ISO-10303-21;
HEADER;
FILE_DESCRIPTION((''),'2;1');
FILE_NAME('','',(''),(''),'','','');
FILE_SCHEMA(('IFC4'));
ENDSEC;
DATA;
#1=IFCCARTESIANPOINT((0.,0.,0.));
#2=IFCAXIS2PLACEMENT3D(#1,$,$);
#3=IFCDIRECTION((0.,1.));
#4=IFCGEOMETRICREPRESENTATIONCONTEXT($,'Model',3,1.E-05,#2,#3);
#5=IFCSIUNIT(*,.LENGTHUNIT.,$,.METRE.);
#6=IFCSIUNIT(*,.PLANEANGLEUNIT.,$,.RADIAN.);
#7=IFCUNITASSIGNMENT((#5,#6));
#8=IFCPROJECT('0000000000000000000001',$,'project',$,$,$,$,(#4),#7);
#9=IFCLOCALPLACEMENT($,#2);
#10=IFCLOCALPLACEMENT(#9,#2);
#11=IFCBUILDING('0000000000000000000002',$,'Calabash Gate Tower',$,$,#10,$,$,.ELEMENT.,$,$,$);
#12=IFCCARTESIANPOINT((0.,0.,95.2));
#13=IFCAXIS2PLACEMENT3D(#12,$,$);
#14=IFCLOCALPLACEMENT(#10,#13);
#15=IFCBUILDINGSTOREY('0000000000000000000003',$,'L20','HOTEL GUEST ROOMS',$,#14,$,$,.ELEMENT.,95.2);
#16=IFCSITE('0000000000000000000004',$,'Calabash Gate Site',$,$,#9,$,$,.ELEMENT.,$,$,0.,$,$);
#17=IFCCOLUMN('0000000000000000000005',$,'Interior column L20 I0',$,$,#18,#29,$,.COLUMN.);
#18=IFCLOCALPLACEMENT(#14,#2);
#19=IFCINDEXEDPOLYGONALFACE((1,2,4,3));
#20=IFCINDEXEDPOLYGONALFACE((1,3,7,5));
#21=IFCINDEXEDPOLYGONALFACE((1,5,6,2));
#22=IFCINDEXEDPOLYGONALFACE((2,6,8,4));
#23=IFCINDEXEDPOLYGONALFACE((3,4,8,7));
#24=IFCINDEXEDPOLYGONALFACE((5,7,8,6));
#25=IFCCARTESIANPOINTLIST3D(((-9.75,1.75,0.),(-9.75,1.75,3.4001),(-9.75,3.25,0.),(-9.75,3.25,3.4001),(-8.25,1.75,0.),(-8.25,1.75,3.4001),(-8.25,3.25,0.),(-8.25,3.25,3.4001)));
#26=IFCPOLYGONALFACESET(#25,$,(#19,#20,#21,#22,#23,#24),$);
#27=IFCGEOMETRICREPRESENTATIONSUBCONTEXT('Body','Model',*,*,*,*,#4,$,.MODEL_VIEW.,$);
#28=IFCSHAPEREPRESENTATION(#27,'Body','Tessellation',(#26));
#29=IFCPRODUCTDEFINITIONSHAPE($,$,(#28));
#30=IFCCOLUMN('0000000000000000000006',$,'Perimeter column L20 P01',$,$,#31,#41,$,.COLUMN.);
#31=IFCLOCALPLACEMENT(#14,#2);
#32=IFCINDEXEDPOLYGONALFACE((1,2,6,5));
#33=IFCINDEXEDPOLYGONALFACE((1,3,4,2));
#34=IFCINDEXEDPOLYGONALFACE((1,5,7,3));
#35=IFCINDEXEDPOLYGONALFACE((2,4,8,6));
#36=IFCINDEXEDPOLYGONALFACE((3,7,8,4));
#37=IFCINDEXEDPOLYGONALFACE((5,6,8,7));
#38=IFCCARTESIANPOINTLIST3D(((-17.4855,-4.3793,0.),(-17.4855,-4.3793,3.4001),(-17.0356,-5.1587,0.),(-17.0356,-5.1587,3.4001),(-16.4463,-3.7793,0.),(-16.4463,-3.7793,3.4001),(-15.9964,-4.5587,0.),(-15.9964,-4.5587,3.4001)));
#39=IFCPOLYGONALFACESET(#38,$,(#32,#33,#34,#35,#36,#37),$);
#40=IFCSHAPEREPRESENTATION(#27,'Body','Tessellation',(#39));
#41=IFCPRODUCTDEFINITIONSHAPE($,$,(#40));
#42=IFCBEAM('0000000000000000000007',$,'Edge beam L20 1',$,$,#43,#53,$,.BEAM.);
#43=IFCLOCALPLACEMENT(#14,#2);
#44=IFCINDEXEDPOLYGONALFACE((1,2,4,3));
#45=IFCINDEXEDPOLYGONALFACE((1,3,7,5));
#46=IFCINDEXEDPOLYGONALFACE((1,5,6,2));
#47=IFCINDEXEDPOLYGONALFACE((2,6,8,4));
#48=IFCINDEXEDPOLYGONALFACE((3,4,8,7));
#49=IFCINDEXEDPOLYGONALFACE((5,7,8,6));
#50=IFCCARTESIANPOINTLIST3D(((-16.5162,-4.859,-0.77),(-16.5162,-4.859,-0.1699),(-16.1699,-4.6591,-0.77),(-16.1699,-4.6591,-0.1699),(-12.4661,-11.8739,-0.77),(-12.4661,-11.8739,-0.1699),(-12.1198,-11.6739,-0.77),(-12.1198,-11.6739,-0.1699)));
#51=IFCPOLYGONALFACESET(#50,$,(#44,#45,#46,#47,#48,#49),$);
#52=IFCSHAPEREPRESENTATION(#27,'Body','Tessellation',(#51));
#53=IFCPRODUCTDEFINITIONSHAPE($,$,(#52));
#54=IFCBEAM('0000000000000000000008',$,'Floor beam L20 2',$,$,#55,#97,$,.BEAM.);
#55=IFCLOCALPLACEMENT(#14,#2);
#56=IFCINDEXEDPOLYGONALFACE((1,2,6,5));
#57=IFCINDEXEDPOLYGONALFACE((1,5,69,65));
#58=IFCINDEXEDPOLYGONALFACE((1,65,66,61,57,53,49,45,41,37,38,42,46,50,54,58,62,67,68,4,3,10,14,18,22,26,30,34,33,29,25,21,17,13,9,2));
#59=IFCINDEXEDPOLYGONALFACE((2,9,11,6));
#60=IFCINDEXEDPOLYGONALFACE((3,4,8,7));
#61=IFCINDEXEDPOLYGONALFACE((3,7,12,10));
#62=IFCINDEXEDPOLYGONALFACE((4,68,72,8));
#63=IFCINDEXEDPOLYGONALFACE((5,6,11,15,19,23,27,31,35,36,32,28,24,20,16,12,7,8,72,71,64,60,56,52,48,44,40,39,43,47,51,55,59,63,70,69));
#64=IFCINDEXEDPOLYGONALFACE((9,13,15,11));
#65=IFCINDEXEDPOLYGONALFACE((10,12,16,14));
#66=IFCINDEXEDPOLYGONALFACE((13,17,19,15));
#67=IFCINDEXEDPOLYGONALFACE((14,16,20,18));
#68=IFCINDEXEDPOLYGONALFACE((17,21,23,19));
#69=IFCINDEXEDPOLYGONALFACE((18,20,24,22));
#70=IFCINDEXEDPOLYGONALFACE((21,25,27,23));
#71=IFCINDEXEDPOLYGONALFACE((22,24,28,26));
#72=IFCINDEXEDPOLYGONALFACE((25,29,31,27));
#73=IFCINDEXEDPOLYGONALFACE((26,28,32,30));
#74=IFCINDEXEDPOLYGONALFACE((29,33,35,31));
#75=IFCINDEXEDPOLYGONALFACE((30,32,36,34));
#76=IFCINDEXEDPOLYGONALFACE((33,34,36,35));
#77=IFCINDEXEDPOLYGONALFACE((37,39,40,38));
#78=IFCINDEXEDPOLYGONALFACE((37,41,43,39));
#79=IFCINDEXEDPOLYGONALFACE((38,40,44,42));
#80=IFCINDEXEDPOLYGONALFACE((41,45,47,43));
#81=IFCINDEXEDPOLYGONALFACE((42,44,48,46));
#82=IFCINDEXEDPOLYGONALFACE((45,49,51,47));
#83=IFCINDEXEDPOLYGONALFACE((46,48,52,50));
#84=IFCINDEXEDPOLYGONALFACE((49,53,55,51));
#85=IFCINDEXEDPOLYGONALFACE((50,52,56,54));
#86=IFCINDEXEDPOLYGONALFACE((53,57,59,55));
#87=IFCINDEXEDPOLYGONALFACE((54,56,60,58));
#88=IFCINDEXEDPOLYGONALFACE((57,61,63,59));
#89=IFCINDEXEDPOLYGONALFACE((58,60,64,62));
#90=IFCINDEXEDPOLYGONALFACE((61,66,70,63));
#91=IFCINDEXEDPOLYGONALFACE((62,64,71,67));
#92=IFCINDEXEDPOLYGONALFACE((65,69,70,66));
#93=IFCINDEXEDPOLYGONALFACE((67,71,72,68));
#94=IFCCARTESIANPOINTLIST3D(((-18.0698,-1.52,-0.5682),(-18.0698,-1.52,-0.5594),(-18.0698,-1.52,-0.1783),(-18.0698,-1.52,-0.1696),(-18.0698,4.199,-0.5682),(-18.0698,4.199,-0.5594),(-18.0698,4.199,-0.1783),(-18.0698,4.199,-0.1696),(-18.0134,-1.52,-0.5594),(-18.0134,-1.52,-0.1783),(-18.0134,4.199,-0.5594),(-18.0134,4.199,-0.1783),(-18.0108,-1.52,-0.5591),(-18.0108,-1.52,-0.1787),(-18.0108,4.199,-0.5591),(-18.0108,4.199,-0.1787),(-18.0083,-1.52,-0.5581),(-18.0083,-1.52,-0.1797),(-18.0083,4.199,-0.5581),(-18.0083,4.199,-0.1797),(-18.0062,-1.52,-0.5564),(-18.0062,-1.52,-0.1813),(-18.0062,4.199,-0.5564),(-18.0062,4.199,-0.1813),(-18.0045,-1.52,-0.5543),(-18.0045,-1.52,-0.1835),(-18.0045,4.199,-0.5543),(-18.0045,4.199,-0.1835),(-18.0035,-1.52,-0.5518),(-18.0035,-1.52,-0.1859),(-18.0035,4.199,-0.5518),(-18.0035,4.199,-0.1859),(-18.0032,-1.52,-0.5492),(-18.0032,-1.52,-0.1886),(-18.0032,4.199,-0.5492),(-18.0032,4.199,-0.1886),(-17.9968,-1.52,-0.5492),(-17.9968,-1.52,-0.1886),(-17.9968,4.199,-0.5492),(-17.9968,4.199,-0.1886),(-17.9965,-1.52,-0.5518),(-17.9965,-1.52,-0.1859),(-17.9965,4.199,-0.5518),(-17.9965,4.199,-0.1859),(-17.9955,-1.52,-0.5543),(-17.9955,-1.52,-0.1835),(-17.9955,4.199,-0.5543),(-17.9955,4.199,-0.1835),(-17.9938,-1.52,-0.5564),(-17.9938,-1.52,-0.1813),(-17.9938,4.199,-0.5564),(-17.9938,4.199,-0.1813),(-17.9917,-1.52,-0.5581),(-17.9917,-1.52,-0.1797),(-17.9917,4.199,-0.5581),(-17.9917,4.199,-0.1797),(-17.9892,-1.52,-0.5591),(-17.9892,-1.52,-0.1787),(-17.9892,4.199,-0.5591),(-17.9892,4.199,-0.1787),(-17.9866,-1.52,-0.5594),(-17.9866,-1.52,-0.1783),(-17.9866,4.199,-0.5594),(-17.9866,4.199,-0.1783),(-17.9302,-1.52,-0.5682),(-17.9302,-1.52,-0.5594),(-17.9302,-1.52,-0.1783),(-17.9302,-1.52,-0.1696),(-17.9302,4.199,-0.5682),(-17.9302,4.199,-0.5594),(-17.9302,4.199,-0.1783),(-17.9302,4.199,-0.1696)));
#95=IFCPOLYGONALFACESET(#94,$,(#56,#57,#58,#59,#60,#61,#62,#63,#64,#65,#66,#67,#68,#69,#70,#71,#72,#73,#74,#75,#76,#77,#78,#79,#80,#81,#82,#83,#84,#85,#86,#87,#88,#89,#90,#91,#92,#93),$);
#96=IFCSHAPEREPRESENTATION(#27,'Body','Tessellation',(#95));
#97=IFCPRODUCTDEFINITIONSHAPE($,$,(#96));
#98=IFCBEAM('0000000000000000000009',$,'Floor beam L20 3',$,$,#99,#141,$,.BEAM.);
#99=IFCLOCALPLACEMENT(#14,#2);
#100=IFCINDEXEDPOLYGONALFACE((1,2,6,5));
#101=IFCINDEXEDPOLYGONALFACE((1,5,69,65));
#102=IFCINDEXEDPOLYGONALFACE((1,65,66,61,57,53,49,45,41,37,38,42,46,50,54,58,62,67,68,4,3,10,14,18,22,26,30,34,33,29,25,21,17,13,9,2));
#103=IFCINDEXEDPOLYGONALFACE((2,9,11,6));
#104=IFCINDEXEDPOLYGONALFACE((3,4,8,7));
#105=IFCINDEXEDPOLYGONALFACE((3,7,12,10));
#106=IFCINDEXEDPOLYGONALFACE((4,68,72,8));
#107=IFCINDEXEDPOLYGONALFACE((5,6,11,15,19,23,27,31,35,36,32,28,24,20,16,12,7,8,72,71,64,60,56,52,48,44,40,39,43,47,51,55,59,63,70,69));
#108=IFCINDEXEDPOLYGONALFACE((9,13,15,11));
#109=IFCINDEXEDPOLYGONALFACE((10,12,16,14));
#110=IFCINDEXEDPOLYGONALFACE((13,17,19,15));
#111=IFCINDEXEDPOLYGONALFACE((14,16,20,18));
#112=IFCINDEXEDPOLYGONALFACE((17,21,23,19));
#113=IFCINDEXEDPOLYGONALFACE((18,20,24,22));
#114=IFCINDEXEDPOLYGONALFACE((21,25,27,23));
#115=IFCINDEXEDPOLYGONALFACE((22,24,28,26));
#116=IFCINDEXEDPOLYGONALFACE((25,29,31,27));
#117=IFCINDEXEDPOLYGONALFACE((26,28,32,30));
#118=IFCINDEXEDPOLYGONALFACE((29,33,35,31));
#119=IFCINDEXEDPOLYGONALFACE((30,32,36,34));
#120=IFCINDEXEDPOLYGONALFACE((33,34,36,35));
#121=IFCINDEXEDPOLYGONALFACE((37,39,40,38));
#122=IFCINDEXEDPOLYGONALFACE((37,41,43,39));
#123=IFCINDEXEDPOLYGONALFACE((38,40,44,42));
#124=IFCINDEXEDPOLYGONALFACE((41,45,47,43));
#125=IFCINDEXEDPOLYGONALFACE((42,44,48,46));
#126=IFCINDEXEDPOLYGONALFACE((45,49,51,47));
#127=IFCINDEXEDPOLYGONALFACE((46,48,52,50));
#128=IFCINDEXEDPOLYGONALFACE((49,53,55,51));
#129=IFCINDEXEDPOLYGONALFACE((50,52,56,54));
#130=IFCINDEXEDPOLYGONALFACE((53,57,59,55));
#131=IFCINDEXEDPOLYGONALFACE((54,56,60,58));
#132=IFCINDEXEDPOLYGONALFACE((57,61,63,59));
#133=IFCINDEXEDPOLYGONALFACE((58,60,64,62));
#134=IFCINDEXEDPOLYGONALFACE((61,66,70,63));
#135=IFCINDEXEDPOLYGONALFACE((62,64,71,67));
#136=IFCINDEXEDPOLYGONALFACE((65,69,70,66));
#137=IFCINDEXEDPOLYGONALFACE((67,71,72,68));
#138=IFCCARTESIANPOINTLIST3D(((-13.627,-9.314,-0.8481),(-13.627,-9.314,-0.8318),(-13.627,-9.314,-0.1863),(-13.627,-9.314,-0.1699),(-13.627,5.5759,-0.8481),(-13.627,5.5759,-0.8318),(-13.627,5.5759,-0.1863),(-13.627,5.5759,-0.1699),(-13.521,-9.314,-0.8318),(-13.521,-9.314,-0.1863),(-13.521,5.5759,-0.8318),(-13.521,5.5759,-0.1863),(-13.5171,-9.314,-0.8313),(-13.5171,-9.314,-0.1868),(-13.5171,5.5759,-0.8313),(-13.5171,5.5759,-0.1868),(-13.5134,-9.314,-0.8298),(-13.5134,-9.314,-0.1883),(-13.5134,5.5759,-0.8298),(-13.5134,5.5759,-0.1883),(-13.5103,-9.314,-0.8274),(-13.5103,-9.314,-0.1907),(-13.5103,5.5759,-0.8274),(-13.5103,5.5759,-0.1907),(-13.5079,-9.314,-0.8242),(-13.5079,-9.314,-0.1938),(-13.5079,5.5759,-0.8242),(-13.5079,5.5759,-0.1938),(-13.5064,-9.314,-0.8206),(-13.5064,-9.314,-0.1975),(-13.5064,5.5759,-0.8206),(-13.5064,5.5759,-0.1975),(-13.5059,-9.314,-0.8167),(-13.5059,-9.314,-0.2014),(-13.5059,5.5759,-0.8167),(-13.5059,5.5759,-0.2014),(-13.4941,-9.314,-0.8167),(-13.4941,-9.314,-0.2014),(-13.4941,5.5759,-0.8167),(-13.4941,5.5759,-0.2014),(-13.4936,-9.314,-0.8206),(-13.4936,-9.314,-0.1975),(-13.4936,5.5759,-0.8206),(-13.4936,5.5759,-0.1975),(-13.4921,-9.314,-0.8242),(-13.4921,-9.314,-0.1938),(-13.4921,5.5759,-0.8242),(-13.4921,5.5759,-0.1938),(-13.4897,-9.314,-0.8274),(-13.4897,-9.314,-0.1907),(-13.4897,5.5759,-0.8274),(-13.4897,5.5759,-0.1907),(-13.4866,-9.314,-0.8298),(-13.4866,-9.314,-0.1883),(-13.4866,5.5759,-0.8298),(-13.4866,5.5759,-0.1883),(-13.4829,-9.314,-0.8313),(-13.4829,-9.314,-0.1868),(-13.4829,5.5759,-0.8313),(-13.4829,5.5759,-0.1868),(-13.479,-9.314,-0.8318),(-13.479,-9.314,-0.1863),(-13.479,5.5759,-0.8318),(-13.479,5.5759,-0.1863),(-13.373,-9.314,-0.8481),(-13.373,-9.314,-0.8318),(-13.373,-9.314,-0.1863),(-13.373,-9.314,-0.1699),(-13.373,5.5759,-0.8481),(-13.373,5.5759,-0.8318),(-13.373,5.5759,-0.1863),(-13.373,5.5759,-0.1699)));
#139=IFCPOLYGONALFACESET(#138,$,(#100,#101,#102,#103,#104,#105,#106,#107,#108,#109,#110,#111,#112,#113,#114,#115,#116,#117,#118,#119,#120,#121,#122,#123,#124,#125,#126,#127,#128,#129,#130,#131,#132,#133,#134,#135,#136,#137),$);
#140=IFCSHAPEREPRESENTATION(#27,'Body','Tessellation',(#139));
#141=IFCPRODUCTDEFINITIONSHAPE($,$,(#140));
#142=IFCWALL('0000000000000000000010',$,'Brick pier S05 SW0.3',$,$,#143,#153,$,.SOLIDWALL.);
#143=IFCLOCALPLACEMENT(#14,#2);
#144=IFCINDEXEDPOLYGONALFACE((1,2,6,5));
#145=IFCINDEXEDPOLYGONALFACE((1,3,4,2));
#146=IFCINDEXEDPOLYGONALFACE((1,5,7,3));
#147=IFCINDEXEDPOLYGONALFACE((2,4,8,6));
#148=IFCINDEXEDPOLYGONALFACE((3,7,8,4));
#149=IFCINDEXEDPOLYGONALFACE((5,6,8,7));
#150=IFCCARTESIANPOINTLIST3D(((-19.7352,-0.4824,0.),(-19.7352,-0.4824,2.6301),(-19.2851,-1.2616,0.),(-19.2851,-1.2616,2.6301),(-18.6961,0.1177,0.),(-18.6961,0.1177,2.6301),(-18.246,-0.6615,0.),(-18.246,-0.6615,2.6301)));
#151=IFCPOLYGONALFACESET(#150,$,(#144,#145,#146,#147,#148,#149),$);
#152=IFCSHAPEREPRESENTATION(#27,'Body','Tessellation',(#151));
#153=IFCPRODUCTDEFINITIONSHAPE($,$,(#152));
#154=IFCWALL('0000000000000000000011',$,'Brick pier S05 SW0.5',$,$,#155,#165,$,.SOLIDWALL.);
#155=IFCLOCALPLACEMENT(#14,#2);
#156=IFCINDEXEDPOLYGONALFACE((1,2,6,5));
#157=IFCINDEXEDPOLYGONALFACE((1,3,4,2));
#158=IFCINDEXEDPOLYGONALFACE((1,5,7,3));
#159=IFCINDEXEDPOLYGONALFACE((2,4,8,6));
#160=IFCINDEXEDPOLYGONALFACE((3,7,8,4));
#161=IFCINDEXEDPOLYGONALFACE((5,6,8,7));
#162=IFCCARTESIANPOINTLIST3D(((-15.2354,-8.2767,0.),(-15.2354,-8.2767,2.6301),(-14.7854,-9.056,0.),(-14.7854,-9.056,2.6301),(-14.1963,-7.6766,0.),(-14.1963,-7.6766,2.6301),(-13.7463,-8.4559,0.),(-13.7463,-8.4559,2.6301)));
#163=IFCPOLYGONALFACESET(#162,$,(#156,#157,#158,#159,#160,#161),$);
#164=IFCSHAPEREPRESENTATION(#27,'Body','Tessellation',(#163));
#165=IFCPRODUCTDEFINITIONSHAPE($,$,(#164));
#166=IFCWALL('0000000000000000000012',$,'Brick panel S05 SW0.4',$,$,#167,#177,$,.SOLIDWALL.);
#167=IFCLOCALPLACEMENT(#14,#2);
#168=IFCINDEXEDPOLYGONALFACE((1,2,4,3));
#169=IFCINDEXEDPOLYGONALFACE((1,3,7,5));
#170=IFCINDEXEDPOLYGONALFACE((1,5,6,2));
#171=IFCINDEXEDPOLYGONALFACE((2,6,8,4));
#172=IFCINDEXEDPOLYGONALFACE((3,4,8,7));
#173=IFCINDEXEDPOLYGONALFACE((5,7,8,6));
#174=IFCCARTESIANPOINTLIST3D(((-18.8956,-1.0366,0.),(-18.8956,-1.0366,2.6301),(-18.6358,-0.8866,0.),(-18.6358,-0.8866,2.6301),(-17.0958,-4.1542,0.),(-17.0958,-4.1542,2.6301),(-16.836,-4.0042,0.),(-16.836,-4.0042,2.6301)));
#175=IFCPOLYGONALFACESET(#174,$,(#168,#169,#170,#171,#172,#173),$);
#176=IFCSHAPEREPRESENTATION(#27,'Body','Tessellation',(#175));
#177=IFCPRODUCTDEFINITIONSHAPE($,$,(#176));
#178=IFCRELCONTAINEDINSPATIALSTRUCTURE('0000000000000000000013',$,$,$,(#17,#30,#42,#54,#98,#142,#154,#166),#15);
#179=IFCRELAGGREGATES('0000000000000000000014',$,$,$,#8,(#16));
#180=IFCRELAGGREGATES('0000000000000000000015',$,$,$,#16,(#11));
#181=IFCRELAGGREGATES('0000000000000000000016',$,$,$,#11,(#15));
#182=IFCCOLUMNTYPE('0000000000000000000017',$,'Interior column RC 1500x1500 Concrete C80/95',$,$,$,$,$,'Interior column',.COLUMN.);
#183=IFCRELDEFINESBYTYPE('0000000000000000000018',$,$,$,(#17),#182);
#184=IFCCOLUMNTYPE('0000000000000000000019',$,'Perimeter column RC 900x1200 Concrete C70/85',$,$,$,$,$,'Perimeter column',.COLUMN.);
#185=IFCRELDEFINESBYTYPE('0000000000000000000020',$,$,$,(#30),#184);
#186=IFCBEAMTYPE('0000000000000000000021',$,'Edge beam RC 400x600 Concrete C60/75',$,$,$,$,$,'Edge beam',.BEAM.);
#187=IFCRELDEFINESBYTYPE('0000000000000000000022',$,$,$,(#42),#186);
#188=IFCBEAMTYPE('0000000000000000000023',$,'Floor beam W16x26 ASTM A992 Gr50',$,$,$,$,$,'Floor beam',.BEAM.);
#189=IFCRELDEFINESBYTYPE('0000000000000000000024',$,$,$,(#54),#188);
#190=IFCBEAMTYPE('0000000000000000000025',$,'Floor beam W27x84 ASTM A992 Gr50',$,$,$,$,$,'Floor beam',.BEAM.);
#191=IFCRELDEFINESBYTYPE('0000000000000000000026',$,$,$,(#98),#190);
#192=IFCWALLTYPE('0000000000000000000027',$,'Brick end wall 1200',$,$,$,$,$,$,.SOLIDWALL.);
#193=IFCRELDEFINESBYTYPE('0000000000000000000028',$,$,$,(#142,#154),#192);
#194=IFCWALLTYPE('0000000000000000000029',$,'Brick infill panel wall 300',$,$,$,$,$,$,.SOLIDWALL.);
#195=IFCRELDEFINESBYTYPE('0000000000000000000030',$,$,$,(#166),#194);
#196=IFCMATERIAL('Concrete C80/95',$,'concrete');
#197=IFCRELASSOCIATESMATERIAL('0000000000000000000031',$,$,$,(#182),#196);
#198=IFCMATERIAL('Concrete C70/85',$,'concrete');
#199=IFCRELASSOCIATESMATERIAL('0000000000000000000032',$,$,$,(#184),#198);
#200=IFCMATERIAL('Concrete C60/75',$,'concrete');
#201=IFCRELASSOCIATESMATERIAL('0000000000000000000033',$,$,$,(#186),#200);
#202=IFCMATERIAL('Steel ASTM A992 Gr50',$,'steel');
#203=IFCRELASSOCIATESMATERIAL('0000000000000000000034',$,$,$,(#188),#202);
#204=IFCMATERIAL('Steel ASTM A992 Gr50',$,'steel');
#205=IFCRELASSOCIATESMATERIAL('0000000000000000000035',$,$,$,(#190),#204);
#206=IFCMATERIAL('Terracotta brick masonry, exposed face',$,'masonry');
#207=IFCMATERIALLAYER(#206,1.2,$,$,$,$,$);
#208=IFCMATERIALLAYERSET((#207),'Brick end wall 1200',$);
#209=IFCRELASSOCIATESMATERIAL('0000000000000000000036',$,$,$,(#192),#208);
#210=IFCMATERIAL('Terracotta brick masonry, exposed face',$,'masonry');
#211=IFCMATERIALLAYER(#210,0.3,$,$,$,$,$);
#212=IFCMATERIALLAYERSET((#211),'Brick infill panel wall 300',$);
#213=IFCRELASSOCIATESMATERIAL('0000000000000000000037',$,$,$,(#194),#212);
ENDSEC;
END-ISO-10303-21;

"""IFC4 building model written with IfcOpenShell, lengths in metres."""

from ifc_helpers import new_model, si_unit, direction, frame, frame_2d, origin, origin_2d, place, context, subcontext, project, spatial, rectangle, i_section, extrude, material, layer, layer_set, material_profile, profile_set, type_object, element, save


model = new_model("IFC4")

# Units and contexts
model_context = context("Model", 3, precision=1e-05, world=origin(), true_north=direction((0.0, 1.0)))
body_context = subcontext(model_context, "Body", "Model", "MODEL_VIEW")
ifc_project = project(units=[si_unit("LENGTHUNIT", "METRE"), si_unit("PLANEANGLEUNIT", "RADIAN")], contexts=[model_context])

# Site, building, storey
site_placement = place(None, origin())
site = spatial("IfcSite", under=ifc_project, at=site_placement, Name="Calabash Gate Site", CompositionType="ELEMENT", RefElevation=0.0)
building_placement = place(site_placement, origin())
building = spatial("IfcBuilding", under=site, at=building_placement, Name="Calabash Gate Tower", CompositionType="ELEMENT")
storey_placement = place(building_placement, frame((0.0, 0.0, 95.2)))
storey = spatial("IfcBuildingStorey", under=building, at=storey_placement, Name="L20", Description="HOTEL GUEST ROOMS", CompositionType="ELEMENT", Elevation=95.2)

# Columns
ifc_material_1 = material(Name="Concrete C80/95", Category="concrete")
ifc_material_profile_1 = material_profile(ifc_material_1, rectangle(XDim=1.5, YDim=1.5, at=origin_2d()))
ifc_profile_set_1 = profile_set([ifc_material_profile_1], Name="Concrete C80/95")
column_type_1 = type_object("IfcColumnType", Name="Interior column RC 1500x1500 Concrete C80/95", ElementType="Interior column", PredefinedType="COLUMN", material=ifc_profile_set_1)
column_1_placement = place(storey_placement, frame((-9.0, 2.5, 0.0), z_axis=(0.0, 0.0, 1.0), x_axis=(1.0, 0.0, 0.0)))
element("IfcColumn", 1, at=column_1_placement, inside=storey, type_object=column_type_1, Name="Interior column L20 I0", PredefinedType="COLUMN", context=body_context, shape_type="SweptSolid", body=[
    extrude(rectangle(XDim=1.5, YDim=1.5, at=origin_2d()), origin(), (0.0, 0.0, 1.0), 3.4001),
])
ifc_material_2 = material(Name="Concrete C70/85", Category="concrete")
ifc_material_profile_2 = material_profile(ifc_material_2, rectangle(XDim=0.8999, YDim=1.2, at=origin_2d()))
ifc_profile_set_2 = profile_set([ifc_material_profile_2], Name="Concrete C70/85")
column_type_2 = type_object("IfcColumnType", Name="Perimeter column RC 900x1200 Concrete C70/85", ElementType="Perimeter column", PredefinedType="COLUMN", material=ifc_profile_set_2)
column_2_placement = place(storey_placement, frame((-16.741, -4.469, 0.0), z_axis=(0.0, 0.0, 1.0), x_axis=(0.5, -0.866025, 0.0)))
element("IfcColumn", 2, at=column_2_placement, inside=storey, type_object=column_type_2, Name="Perimeter column L20 P01", PredefinedType="COLUMN", context=body_context, shape_type="SweptSolid", body=[
    extrude(rectangle(XDim=0.8999, YDim=1.2, at=origin_2d()), origin(), (0.0, 0.0, 1.0), 3.4001),
])

# Beams
ifc_material_3 = material(Name="Concrete C60/75", Category="concrete")
ifc_material_profile_3 = material_profile(ifc_material_3, rectangle(XDim=0.3999, YDim=0.6001, at=origin_2d()))
ifc_profile_set_3 = profile_set([ifc_material_profile_3], Name="Concrete C60/75")
beam_type_1 = type_object("IfcBeamType", Name="Edge beam RC 400x600 Concrete C60/75", ElementType="Edge beam", PredefinedType="BEAM", material=ifc_profile_set_3)
beam_1_placement = place(storey_placement, frame((-16.343, -4.759, -0.47), z_axis=(0.5, -0.866025, 0.0), x_axis=(0.866025, 0.5, 0.0)))
element("IfcBeam", 3, at=beam_1_placement, inside=storey, type_object=beam_type_1, Name="Edge beam L20 1", PredefinedType="BEAM", context=body_context, shape_type="SweptSolid", body=[
    extrude(rectangle(XDim=0.3999, YDim=0.6001, at=origin_2d()), origin(), (0.0, 0.0, 1.0), 8.1001),
])
ifc_material_4 = material(Name="Steel ASTM A992 Gr50", Category="steel")
ifc_material_profile_4 = material_profile(ifc_material_4, i_section(OverallWidth=0.1396, OverallDepth=0.3987, WebThickness=0.0063, FlangeThickness=0.0088, FilletRadius=0.0103, at=origin_2d()))
ifc_profile_set_4 = profile_set([ifc_material_profile_4], Name="Steel ASTM A992 Gr50")
beam_type_2 = type_object("IfcBeamType", Name="Floor beam W16x26 ASTM A992 Gr50", ElementType="Floor beam", PredefinedType="BEAM", material=ifc_profile_set_4)
beam_2_placement = place(storey_placement, frame((-18.0, -1.52, -0.3689), z_axis=(0.0, 1.0, 0.0), x_axis=(-1.0, 0.0, 0.0)))
element("IfcBeam", 4, at=beam_2_placement, inside=storey, type_object=beam_type_2, Name="Floor beam L20 2", PredefinedType="BEAM", context=body_context, shape_type="SweptSolid", body=[
    extrude(i_section(OverallWidth=0.1396, OverallDepth=0.3987, WebThickness=0.0063, FlangeThickness=0.0088, FilletRadius=0.0103, at=origin_2d()), origin(), (0.0, 0.0, 1.0), 5.719),
])
ifc_material_5 = material(Name="Steel ASTM A992 Gr50", Category="steel")
ifc_material_profile_5 = material_profile(ifc_material_5, i_section(OverallWidth=0.2539, OverallDepth=0.6782, WebThickness=0.0117, FlangeThickness=0.0164, FilletRadius=0.0151, at=origin_2d()))
ifc_profile_set_5 = profile_set([ifc_material_profile_5], Name="Steel ASTM A992 Gr50")
beam_type_3 = type_object("IfcBeamType", Name="Floor beam W27x84 ASTM A992 Gr50", ElementType="Floor beam", PredefinedType="BEAM", material=ifc_profile_set_5)
beam_3_placement = place(storey_placement, frame((-13.5, -9.314, -0.509), z_axis=(0.0, 1.0, 0.0), x_axis=(-1.0, 0.0, 0.0)))
element("IfcBeam", 5, at=beam_3_placement, inside=storey, type_object=beam_type_3, Name="Floor beam L20 3", PredefinedType="BEAM", context=body_context, shape_type="SweptSolid", body=[
    extrude(i_section(OverallWidth=0.2539, OverallDepth=0.6782, WebThickness=0.0117, FlangeThickness=0.0164, FilletRadius=0.0151, at=origin_2d()), origin(), (0.0, 0.0, 1.0), 14.8899),
])

# Walls
ifc_material_6 = material(Name="Terracotta brick masonry, exposed face", Category="masonry")
ifc_layer_1 = layer(ifc_material_6, 1.2)
ifc_layer_set_1 = layer_set([ifc_layer_1], Name="Brick end wall 1200")
wall_type_1 = type_object("IfcWallType", Name="Brick end wall 1200", PredefinedType="SOLIDWALL", material=ifc_layer_set_1)
for number, where, z_axis, x_axis, name in (
    (6, (-19.5103, -0.8721, 0.0), (0.0, 0.0, 1.0), (0.865955, 0.500122, 0.0), "Brick pier S05 SW0.3"),
    (7, (-13.9712, -8.0662, 0.0), (0.0, 0.0, 1.0), (-0.865955, -0.500122, 0.0), "Brick pier S05 SW0.5"),
):
    element("IfcWall", number, at=place(storey_placement, frame(where, z_axis=z_axis, x_axis=x_axis)), inside=storey, type_object=wall_type_1, Name=name, PredefinedType="SOLIDWALL", context=body_context, shape_type="SweptSolid", body=[
        extrude(rectangle(XDim=1.2, YDim=0.8999, at=frame_2d((0.6001, 0.0))), origin(), (0.0, 0.0, 1.0), 2.6301),
    ])
ifc_material_7 = material(Name="Terracotta brick masonry, exposed face", Category="masonry")
ifc_layer_2 = layer(ifc_material_7, 0.3)
ifc_layer_set_2 = layer_set([ifc_layer_2], Name="Brick infill panel wall 300")
wall_type_2 = type_object("IfcWallType", Name="Brick infill panel wall 300", PredefinedType="SOLIDWALL", material=ifc_layer_set_2)
wall_1_placement = place(storey_placement, frame((-18.7656, -0.9617, 0.0), z_axis=(0.0, 0.0, 1.0), x_axis=(0.499961, -0.866048, 0.0)))
element("IfcWall", 8, at=wall_1_placement, inside=storey, type_object=wall_type_2, Name="Brick panel S05 SW0.4", PredefinedType="SOLIDWALL", context=body_context, shape_type="SweptSolid", body=[
    extrude(rectangle(XDim=3.5999, YDim=0.3, at=frame_2d((1.7998, 0.0))), origin(), (0.0, 0.0, 1.0), 2.6301),
])

save(model, "model.ifc")
